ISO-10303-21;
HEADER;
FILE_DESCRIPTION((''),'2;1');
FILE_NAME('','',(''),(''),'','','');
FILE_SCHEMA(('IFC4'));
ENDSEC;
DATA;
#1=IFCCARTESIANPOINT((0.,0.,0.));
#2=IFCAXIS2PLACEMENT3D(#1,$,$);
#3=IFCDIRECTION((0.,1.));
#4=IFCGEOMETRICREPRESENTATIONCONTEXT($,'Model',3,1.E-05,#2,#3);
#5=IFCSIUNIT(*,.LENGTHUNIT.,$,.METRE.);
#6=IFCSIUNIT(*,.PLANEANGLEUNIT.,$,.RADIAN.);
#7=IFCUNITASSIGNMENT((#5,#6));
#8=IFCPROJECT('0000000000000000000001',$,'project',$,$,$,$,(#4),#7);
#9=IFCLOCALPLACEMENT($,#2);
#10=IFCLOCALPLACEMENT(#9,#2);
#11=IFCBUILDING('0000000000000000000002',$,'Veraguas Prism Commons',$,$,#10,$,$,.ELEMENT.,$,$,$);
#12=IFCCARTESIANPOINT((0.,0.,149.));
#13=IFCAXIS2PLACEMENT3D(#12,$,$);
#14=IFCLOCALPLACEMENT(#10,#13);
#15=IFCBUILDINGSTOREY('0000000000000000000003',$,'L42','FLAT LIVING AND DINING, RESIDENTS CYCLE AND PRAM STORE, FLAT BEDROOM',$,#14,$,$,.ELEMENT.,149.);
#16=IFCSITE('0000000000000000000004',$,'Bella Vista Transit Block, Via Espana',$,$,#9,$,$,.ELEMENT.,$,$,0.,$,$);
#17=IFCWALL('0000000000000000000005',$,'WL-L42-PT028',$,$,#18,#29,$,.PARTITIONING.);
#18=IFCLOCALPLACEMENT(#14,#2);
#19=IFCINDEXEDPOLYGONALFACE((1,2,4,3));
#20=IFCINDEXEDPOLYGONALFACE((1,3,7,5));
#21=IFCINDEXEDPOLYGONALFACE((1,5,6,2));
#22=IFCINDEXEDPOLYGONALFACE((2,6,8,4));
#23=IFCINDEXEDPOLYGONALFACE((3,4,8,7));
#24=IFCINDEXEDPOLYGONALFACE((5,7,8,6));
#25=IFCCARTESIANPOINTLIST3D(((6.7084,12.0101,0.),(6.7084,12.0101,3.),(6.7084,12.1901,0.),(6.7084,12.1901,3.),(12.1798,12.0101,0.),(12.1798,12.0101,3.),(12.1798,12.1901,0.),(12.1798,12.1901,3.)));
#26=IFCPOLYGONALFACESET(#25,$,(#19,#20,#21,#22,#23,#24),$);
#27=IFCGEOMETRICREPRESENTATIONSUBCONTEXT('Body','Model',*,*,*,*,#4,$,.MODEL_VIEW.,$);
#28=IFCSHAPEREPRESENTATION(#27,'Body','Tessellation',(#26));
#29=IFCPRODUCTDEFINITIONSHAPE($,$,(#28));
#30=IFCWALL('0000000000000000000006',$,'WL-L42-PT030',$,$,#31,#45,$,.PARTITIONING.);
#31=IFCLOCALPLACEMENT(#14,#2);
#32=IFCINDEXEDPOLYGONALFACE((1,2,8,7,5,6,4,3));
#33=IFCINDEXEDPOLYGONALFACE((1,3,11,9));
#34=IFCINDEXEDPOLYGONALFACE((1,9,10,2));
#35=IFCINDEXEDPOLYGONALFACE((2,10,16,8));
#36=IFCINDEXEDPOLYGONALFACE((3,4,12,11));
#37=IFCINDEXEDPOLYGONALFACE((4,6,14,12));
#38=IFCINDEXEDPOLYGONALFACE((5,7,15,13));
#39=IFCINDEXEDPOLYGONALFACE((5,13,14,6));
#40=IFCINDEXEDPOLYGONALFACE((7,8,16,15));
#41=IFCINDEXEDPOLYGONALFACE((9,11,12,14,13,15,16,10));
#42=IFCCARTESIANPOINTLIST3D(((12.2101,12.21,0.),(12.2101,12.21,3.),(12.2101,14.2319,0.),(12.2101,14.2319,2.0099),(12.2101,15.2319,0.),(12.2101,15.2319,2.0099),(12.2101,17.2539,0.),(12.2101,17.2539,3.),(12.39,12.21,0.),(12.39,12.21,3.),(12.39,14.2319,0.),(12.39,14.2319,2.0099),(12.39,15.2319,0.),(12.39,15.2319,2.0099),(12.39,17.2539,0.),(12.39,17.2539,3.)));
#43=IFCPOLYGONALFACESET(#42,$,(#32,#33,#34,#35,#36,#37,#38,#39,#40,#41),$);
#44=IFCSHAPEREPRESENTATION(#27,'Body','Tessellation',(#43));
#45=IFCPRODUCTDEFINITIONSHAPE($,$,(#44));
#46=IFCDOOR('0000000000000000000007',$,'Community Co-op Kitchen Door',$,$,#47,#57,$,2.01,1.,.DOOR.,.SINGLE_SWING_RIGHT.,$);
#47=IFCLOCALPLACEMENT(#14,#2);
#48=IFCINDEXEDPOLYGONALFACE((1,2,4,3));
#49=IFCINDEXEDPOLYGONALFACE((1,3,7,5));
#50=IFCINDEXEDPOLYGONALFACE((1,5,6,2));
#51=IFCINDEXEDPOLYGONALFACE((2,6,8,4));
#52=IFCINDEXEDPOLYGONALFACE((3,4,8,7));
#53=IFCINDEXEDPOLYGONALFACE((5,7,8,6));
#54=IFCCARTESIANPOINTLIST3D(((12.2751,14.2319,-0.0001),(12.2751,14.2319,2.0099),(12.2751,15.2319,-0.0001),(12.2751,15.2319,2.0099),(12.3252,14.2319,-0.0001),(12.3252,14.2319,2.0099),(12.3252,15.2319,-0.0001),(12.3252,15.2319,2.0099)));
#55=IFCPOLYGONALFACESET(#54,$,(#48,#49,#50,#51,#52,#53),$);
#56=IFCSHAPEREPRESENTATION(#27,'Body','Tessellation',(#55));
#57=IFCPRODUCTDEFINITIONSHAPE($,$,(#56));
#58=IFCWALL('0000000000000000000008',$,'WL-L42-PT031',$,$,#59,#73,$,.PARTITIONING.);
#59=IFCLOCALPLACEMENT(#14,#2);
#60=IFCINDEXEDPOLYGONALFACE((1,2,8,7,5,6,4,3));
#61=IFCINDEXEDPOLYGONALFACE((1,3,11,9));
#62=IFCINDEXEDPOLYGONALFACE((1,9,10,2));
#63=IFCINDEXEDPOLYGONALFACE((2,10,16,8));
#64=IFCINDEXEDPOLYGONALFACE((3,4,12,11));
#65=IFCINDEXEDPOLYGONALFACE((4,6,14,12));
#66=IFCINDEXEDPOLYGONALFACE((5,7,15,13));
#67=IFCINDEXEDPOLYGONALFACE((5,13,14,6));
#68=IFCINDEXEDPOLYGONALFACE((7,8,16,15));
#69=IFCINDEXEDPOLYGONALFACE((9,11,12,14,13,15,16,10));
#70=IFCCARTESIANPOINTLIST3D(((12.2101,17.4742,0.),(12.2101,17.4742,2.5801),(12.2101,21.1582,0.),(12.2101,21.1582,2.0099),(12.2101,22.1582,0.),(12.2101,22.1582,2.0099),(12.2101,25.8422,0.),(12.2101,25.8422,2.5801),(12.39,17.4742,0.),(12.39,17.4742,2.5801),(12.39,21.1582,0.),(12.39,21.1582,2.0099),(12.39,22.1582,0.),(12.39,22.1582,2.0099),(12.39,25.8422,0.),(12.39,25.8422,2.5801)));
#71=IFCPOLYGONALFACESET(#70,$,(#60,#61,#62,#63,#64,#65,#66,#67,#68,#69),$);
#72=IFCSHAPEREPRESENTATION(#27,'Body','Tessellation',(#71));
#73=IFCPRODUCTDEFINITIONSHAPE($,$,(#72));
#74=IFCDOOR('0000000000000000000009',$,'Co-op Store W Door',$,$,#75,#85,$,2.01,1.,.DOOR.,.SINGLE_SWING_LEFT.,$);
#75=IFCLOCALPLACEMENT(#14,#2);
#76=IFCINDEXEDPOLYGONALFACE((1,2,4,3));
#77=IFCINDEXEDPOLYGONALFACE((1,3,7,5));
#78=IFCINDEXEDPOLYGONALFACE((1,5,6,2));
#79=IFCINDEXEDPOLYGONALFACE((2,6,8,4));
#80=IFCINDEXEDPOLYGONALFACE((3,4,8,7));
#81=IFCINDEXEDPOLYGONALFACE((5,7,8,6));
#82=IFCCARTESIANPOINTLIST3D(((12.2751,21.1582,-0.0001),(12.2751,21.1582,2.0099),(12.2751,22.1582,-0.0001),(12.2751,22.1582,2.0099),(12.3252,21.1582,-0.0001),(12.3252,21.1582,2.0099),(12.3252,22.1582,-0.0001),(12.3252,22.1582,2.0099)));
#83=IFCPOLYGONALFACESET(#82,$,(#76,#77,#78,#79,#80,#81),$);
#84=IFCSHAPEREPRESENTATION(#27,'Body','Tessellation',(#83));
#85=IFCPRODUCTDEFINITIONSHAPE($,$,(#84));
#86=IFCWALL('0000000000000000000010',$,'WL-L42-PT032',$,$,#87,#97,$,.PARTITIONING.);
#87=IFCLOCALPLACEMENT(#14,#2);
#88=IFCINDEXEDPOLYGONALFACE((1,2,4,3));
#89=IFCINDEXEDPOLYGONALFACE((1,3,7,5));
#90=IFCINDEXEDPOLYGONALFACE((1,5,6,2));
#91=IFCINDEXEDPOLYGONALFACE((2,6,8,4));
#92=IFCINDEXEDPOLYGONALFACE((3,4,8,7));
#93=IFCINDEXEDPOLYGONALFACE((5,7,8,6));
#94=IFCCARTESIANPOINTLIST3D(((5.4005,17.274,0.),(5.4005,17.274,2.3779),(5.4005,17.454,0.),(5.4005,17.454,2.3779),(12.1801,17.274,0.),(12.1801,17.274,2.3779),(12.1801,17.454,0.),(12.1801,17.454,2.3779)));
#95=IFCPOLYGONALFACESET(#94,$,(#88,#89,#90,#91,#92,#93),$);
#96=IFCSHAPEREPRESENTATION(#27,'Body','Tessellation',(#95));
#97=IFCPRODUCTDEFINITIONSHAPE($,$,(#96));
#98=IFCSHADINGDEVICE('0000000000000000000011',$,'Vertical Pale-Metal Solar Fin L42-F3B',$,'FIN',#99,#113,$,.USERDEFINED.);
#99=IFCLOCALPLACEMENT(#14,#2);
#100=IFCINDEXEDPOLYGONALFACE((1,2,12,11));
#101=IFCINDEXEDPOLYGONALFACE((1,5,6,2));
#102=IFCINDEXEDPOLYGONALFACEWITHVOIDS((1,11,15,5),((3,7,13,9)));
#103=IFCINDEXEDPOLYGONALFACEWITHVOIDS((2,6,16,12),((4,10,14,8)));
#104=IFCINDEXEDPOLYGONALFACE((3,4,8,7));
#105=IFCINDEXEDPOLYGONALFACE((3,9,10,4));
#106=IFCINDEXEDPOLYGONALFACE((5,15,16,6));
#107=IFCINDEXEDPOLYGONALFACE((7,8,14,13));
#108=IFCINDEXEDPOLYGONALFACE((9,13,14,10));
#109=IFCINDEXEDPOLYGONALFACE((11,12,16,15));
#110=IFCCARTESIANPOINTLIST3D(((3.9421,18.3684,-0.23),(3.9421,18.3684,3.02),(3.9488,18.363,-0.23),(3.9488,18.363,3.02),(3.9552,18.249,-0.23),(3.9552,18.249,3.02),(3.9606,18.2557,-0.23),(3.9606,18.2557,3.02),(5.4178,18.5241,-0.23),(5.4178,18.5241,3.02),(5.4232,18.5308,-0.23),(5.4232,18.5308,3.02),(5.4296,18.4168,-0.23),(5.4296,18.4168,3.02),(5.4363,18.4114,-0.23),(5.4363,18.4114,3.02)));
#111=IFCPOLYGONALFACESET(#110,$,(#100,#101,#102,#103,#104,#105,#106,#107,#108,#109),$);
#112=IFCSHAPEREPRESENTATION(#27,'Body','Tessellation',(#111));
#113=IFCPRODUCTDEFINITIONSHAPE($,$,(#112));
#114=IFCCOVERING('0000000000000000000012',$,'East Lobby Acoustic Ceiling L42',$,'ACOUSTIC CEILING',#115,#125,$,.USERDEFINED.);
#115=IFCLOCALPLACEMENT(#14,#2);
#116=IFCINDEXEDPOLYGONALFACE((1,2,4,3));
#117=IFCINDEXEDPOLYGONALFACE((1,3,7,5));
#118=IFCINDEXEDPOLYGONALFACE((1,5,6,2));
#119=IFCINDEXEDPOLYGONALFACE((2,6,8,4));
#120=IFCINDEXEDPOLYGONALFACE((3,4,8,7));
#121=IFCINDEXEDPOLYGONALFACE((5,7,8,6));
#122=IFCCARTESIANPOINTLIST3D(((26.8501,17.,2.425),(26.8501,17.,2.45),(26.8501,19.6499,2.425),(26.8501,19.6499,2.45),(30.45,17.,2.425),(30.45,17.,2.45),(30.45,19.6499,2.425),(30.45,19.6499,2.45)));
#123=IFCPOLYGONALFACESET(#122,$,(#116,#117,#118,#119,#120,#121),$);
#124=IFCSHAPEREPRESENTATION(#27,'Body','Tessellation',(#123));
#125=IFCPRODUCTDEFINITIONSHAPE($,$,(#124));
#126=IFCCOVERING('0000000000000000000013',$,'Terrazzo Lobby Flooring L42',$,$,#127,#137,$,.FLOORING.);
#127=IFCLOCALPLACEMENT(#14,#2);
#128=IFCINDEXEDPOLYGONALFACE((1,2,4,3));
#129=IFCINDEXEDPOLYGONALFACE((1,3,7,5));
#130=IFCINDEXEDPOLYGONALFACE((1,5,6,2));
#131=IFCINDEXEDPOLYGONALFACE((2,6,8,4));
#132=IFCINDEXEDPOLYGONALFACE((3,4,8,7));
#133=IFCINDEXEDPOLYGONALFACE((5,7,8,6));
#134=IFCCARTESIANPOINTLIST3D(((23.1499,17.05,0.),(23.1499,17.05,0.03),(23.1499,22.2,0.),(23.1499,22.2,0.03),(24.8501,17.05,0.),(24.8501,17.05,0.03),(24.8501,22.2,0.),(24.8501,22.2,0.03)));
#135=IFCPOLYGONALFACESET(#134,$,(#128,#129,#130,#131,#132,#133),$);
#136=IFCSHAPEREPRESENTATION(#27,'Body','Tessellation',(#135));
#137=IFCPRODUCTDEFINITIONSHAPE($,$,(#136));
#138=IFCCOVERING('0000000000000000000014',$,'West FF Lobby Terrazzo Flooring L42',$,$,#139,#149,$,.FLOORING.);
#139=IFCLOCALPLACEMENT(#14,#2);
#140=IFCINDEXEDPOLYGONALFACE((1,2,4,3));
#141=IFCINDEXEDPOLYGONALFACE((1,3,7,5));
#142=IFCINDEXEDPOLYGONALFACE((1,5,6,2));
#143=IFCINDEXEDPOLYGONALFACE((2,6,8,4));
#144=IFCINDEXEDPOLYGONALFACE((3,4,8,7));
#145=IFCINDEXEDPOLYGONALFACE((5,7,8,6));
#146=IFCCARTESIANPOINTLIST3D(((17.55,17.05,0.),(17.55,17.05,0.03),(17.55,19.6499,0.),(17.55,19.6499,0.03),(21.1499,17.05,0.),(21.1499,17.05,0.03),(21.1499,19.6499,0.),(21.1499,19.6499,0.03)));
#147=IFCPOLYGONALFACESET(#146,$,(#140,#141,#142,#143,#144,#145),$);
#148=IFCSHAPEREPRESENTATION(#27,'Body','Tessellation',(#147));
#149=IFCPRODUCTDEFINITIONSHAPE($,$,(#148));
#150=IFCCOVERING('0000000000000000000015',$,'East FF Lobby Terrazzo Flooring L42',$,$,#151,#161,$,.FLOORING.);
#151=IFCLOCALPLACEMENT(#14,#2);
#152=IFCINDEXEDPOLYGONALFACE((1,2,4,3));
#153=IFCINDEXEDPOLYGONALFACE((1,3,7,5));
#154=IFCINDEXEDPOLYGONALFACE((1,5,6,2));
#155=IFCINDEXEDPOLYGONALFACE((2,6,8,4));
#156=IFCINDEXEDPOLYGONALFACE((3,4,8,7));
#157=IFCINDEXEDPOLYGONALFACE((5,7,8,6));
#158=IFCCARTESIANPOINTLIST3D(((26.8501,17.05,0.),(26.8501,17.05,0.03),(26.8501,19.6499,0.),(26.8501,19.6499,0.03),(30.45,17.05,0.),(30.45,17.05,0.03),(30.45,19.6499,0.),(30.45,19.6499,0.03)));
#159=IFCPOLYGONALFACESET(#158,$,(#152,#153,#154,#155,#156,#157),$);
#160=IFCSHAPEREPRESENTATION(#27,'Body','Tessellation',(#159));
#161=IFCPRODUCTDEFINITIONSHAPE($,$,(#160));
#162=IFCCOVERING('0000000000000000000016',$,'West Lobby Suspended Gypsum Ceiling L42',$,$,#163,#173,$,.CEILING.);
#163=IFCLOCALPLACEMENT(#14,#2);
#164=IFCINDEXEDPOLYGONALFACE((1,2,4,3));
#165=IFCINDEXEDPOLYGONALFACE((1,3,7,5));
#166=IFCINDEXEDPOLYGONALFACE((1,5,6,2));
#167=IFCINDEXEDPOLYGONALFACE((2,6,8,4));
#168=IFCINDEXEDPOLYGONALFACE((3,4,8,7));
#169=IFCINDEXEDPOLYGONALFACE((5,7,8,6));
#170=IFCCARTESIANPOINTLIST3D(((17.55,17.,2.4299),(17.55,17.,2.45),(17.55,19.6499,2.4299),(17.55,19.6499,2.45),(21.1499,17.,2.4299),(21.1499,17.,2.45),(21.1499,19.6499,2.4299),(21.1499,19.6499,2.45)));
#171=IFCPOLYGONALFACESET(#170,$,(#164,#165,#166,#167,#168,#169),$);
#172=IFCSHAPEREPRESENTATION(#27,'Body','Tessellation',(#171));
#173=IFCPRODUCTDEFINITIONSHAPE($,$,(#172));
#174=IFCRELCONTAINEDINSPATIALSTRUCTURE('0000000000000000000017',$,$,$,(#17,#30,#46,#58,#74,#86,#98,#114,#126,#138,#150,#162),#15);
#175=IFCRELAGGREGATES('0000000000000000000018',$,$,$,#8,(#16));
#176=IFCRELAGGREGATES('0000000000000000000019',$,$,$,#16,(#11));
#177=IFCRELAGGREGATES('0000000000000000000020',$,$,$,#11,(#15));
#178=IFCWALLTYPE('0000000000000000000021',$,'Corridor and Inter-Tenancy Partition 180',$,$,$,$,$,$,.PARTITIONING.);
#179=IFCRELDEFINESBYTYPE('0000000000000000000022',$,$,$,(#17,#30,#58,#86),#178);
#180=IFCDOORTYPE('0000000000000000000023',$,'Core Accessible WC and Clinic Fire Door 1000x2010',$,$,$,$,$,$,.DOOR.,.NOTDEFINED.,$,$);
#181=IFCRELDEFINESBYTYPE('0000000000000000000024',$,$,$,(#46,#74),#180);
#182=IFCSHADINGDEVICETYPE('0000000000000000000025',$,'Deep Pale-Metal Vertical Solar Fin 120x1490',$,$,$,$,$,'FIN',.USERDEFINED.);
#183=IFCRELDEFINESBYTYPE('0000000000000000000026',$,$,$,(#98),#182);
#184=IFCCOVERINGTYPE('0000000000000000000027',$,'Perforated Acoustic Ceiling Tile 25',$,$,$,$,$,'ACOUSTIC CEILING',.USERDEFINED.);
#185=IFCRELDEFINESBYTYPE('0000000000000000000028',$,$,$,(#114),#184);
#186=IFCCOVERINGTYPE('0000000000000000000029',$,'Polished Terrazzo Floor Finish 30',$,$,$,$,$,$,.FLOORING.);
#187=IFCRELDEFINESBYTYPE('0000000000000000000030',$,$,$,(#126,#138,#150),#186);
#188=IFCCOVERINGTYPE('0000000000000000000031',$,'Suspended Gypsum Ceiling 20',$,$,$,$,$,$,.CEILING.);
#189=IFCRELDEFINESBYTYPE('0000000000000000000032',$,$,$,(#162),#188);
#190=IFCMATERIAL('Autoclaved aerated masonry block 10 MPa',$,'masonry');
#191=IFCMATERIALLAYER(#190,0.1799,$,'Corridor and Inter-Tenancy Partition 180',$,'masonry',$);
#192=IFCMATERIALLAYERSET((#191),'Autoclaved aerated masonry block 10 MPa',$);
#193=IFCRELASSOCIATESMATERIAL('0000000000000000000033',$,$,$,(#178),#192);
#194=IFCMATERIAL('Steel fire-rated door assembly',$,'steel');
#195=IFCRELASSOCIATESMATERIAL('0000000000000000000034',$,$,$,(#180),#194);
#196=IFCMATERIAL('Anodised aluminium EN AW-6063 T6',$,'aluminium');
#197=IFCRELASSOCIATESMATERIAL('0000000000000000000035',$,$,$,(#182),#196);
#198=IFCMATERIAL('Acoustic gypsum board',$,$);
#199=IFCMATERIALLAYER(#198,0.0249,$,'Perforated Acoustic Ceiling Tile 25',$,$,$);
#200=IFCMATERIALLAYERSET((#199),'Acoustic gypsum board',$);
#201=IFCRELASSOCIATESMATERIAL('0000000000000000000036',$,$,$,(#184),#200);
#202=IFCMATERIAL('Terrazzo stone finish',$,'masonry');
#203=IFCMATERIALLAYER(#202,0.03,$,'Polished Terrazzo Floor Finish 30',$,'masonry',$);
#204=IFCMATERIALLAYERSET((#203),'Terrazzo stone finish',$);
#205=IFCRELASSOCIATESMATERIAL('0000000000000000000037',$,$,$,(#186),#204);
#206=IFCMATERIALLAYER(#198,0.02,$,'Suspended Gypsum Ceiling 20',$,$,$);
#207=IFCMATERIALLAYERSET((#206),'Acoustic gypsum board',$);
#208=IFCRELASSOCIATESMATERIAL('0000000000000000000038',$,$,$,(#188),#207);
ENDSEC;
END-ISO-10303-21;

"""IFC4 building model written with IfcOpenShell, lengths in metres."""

from ifc_helpers import new_model, si_unit, direction, frame, frame_2d, origin, origin_2d, place, context, subcontext, project, spatial, polyline, rectangle, hollow_rectangle, outline, extrude, source, transform, mapped, material, layer, layer_set, material_profile, profile_set, type_object, element, fill, save


model = new_model("IFC4")

# Units and contexts
model_context = context("Model", 3, precision=1e-05, world=origin(), true_north=direction((0.0, 1.0)))
body_context = subcontext(model_context, "Body", "Model", "MODEL_VIEW")
ifc_project = project(units=[si_unit("LENGTHUNIT", "METRE"), si_unit("PLANEANGLEUNIT", "RADIAN")], contexts=[model_context])

# Site, building, storey
site_placement = place(None, origin())
site = spatial("IfcSite", under=ifc_project, at=site_placement, Name="Bella Vista Transit Block, Via Espana", CompositionType="ELEMENT", RefElevation=0.0)
building_placement = place(site_placement, origin())
building = spatial("IfcBuilding", under=site, at=building_placement, Name="Veraguas Prism Commons", CompositionType="ELEMENT")
storey_placement = place(building_placement, frame((0.0, 0.0, 149.0)))
storey = spatial("IfcBuildingStorey", under=building, at=storey_placement, Name="L42", Description="FLAT LIVING AND DINING, RESIDENTS CYCLE AND PRAM STORE, FLAT BEDROOM", CompositionType="ELEMENT", Elevation=149.0)

# Shared definitions
ifc_material_1 = material(Name="Anodised aluminium EN AW-6063 T6", Category="aluminium")

# Wall
ifc_material_2 = material(Name="Autoclaved aerated masonry block 10 MPa", Category="masonry")
ifc_layer_1 = layer(ifc_material_2, 0.1799, Name="Corridor and Inter-Tenancy Partition 180", Category="masonry")
ifc_layer_set_1 = layer_set([ifc_layer_1], Name="Autoclaved aerated masonry block 10 MPa")
wall_type = type_object("IfcWallType", Name="Corridor and Inter-Tenancy Partition 180", PredefinedType="PARTITIONING", material=ifc_layer_set_1)
wall_1_placement = place(storey_placement, frame((12.1799, 12.1001, 0.0), z_axis=(0.0, 0.0, 1.0), x_axis=(-1.0, 0.0, 0.0)))
element("IfcWall", 1, at=wall_1_placement, inside=storey, type_object=wall_type, Name="WL-L42-PT028", PredefinedType="PARTITIONING", context=body_context, shape_type="SweptSolid", body=[
    extrude(rectangle(XDim=5.4714, YDim=0.1799, at=frame_2d((2.7358, 0.0))), origin(), (0.0, 0.0, 1.0), 3.0),
])

# Walls, openings, doors
wall_2_placement = place(storey_placement, frame((12.3, 12.21, 0.0), z_axis=(0.0, 0.0, 1.0), x_axis=(0.0, 1.0, 0.0)))
wall_2 = element("IfcWall", 2, at=wall_2_placement, inside=storey, type_object=wall_type, Name="WL-L42-PT030", PredefinedType="PARTITIONING", context=body_context, shape_type="SweptSolid", body=[
    extrude(rectangle(XDim=5.0439, YDim=0.1799, at=frame_2d((2.522, 0.0))), origin(), (0.0, 0.0, 1.0), 3.0),
])
opening_1_placement = place(wall_2_placement, frame((2.022, 0.0, 0.0)))
opening_1 = element("IfcOpeningElement", 3, at=opening_1_placement, cuts=wall_2, PredefinedType="OPENING", context=body_context, shape_type="SweptSolid", body=[
    extrude(rectangle(XDim=1.0, YDim=2.01, at=frame_2d((0.5, 1.0049))), frame((0.0, 0.0999, 0.0), z_axis=(0.0, -1.0, 0.0), x_axis=(1.0, 0.0, 0.0)), (0.0, 0.0, 1.0), 0.2),
])
ifc_material_3 = material(Name="Steel fire-rated door assembly", Category="steel")
door_type = type_object("IfcDoorType", Name="Core Accessible WC and Clinic Fire Door 1000x2010", OperationType="NOTDEFINED", PredefinedType="DOOR", material=ifc_material_3)
shared_shape_1 = source(origin(), body_context, "Body", "SweptSolid", [
    extrude(rectangle(XDim=1.0, YDim=2.01, at=frame_2d((0.5, 1.0049))), frame((0.0, 0.0249, 0.0), z_axis=(0.0, -1.0, 0.0), x_axis=(1.0, 0.0, 0.0)), (0.0, 0.0, 1.0), 0.05),
])
door_1_placement = place(opening_1_placement, origin())
door_1 = element("IfcDoor", 4, at=door_1_placement, inside=storey, type_object=door_type, Name="Community Co-op Kitchen Door", OperationType="SINGLE_SWING_RIGHT", OverallHeight=2.01, OverallWidth=1.0, PredefinedType="DOOR", context=body_context, shape_type="MappedRepresentation", body=[
    mapped(shared_shape_1, transform((0.0, 0.0, 0.0), scale=1.0)),
])
fill(opening_1, door_1)
wall_3_placement = place(storey_placement, frame((12.3, 17.4741, 0.0), z_axis=(0.0, 0.0, 1.0), x_axis=(0.0, 1.0, 0.0)))
wall_3 = element("IfcWall", 5, at=wall_3_placement, inside=storey, type_object=wall_type, Name="WL-L42-PT031", PredefinedType="PARTITIONING", context=body_context, shape_type="SweptSolid", body=[
    extrude(rectangle(XDim=8.3679, YDim=0.1799, at=frame_2d((4.1841, 0.0))), origin(), (0.0, 0.0, 1.0), 2.5801),
])
opening_2_placement = place(wall_3_placement, frame((3.6841, 0.0, 0.0)))
opening_2 = element("IfcOpeningElement", 6, at=opening_2_placement, cuts=wall_3, PredefinedType="OPENING", context=body_context, shape_type="SweptSolid", body=[
    extrude(rectangle(XDim=1.0, YDim=2.01, at=frame_2d((0.5, 1.0049))), frame((0.0, 0.0999, 0.0), z_axis=(0.0, -1.0, 0.0), x_axis=(1.0, 0.0, 0.0)), (0.0, 0.0, 1.0), 0.2),
])
door_2_placement = place(opening_2_placement, origin())
door_2 = element("IfcDoor", 7, at=door_2_placement, inside=storey, type_object=door_type, Name="Co-op Store W Door", OperationType="SINGLE_SWING_LEFT", OverallHeight=2.01, OverallWidth=1.0, PredefinedType="DOOR", context=body_context, shape_type="MappedRepresentation", body=[
    mapped(shared_shape_1, transform((0.0, 0.0, 0.0), scale=1.0)),
])
fill(opening_2, door_2)

# Wall
wall_4_placement = place(storey_placement, frame((12.1799, 17.364, 0.0), z_axis=(0.0, 0.0, 1.0), x_axis=(-1.0, 0.0, 0.0)))
element("IfcWall", 8, at=wall_4_placement, inside=storey, type_object=wall_type, Name="WL-L42-PT032", PredefinedType="PARTITIONING", context=body_context, shape_type="SweptSolid", body=[
    extrude(rectangle(XDim=6.7795, YDim=0.1799, at=frame_2d((3.3896, 0.0))), origin(), (0.0, 0.0, 1.0), 2.3779),
])

# Shading device
ifc_material_profile_1 = material_profile(ifc_material_1, hollow_rectangle(XDim=0.1201, YDim=1.49, WallThickness=0.0061, at=origin_2d()), Name="FIN120X1490X6")
ifc_profile_set_1 = profile_set([ifc_material_profile_1], Name="Anodised aluminium EN AW-6063 T6")
shading_device_type = type_object("IfcShadingDeviceType", Name="Deep Pale-Metal Vertical Solar Fin 120x1490", ElementType="FIN", PredefinedType="USERDEFINED", material=ifc_profile_set_1)
shading_device_placement = place(storey_placement, frame((4.6892, 18.3899, -0.23), z_axis=(0.0, 0.0, 1.0), x_axis=(0.109039, -0.994038, 0.0)))
element("IfcShadingDevice", 9, at=shading_device_placement, inside=storey, type_object=shading_device_type, Name="Vertical Pale-Metal Solar Fin L42-F3B", ObjectType="FIN", PredefinedType="USERDEFINED", context=body_context, shape_type="SweptSolid", body=[
    extrude(hollow_rectangle(XDim=0.1201, YDim=1.49, WallThickness=0.0061, at=origin_2d()), origin(), (0.0, 0.0, 1.0), 3.25),
])

# Coverings
ifc_material_4 = material(Name="Acoustic gypsum board")
ifc_layer_2 = layer(ifc_material_4, 0.0249, Name="Perforated Acoustic Ceiling Tile 25")
ifc_layer_set_2 = layer_set([ifc_layer_2], Name="Acoustic gypsum board")
covering_type_1 = type_object("IfcCoveringType", Name="Perforated Acoustic Ceiling Tile 25", ElementType="ACOUSTIC CEILING", PredefinedType="USERDEFINED", material=ifc_layer_set_2)
covering_1_placement = place(storey_placement, frame((0.0, 0.0, 2.425)))
element("IfcCovering", 10, at=covering_1_placement, inside=storey, type_object=covering_type_1, Name="East Lobby Acoustic Ceiling L42", ObjectType="ACOUSTIC CEILING", PredefinedType="USERDEFINED", context=body_context, shape_type="SweptSolid", body=[
    extrude(outline(polyline([(26.8501, 17.0), (30.45, 17.0), (30.45, 19.6499), (26.8501, 19.6499), (26.8501, 17.0)])), origin(), (0.0, 0.0, 1.0), 0.0249),
])
ifc_material_5 = material(Name="Terrazzo stone finish", Category="masonry")
ifc_layer_3 = layer(ifc_material_5, 0.03, Name="Polished Terrazzo Floor Finish 30", Category="masonry")
ifc_layer_set_3 = layer_set([ifc_layer_3], Name="Terrazzo stone finish")
covering_type_2 = type_object("IfcCoveringType", Name="Polished Terrazzo Floor Finish 30", PredefinedType="FLOORING", material=ifc_layer_set_3)
covering_2_placement = place(storey_placement, origin())
element("IfcCovering", 11, at=covering_2_placement, inside=storey, type_object=covering_type_2, Name="Terrazzo Lobby Flooring L42", PredefinedType="FLOORING", context=body_context, shape_type="SweptSolid", body=[
    extrude(outline(polyline([(23.1499, 17.05), (24.8501, 17.05), (24.8501, 22.2), (23.1499, 22.2), (23.1499, 17.05)])), origin(), (0.0, 0.0, 1.0), 0.03),
])
covering_3_placement = place(storey_placement, origin())
element("IfcCovering", 12, at=covering_3_placement, inside=storey, type_object=covering_type_2, Name="West FF Lobby Terrazzo Flooring L42", PredefinedType="FLOORING", context=body_context, shape_type="SweptSolid", body=[
    extrude(outline(polyline([(17.55, 17.05), (21.1499, 17.05), (21.1499, 19.6499), (17.55, 19.6499), (17.55, 17.05)])), origin(), (0.0, 0.0, 1.0), 0.03),
])
covering_4_placement = place(storey_placement, origin())
element("IfcCovering", 13, at=covering_4_placement, inside=storey, type_object=covering_type_2, Name="East FF Lobby Terrazzo Flooring L42", PredefinedType="FLOORING", context=body_context, shape_type="SweptSolid", body=[
    extrude(outline(polyline([(26.8501, 17.05), (30.45, 17.05), (30.45, 19.6499), (26.8501, 19.6499), (26.8501, 17.05)])), origin(), (0.0, 0.0, 1.0), 0.03),
])
ifc_layer_4 = layer(ifc_material_4, 0.02, Name="Suspended Gypsum Ceiling 20")
ifc_layer_set_4 = layer_set([ifc_layer_4], Name="Acoustic gypsum board")
covering_type_3 = type_object("IfcCoveringType", Name="Suspended Gypsum Ceiling 20", PredefinedType="CEILING", material=ifc_layer_set_4)
covering_5_placement = place(storey_placement, frame((0.0, 0.0, 2.4299)))
element("IfcCovering", 14, at=covering_5_placement, inside=storey, type_object=covering_type_3, Name="West Lobby Suspended Gypsum Ceiling L42", PredefinedType="CEILING", context=body_context, shape_type="SweptSolid", body=[
    extrude(outline(polyline([(17.55, 17.0), (21.1499, 17.0), (21.1499, 19.6499), (17.55, 19.6499), (17.55, 17.0)])), origin(), (0.0, 0.0, 1.0), 0.02),
])

save(model, "model.ifc")
